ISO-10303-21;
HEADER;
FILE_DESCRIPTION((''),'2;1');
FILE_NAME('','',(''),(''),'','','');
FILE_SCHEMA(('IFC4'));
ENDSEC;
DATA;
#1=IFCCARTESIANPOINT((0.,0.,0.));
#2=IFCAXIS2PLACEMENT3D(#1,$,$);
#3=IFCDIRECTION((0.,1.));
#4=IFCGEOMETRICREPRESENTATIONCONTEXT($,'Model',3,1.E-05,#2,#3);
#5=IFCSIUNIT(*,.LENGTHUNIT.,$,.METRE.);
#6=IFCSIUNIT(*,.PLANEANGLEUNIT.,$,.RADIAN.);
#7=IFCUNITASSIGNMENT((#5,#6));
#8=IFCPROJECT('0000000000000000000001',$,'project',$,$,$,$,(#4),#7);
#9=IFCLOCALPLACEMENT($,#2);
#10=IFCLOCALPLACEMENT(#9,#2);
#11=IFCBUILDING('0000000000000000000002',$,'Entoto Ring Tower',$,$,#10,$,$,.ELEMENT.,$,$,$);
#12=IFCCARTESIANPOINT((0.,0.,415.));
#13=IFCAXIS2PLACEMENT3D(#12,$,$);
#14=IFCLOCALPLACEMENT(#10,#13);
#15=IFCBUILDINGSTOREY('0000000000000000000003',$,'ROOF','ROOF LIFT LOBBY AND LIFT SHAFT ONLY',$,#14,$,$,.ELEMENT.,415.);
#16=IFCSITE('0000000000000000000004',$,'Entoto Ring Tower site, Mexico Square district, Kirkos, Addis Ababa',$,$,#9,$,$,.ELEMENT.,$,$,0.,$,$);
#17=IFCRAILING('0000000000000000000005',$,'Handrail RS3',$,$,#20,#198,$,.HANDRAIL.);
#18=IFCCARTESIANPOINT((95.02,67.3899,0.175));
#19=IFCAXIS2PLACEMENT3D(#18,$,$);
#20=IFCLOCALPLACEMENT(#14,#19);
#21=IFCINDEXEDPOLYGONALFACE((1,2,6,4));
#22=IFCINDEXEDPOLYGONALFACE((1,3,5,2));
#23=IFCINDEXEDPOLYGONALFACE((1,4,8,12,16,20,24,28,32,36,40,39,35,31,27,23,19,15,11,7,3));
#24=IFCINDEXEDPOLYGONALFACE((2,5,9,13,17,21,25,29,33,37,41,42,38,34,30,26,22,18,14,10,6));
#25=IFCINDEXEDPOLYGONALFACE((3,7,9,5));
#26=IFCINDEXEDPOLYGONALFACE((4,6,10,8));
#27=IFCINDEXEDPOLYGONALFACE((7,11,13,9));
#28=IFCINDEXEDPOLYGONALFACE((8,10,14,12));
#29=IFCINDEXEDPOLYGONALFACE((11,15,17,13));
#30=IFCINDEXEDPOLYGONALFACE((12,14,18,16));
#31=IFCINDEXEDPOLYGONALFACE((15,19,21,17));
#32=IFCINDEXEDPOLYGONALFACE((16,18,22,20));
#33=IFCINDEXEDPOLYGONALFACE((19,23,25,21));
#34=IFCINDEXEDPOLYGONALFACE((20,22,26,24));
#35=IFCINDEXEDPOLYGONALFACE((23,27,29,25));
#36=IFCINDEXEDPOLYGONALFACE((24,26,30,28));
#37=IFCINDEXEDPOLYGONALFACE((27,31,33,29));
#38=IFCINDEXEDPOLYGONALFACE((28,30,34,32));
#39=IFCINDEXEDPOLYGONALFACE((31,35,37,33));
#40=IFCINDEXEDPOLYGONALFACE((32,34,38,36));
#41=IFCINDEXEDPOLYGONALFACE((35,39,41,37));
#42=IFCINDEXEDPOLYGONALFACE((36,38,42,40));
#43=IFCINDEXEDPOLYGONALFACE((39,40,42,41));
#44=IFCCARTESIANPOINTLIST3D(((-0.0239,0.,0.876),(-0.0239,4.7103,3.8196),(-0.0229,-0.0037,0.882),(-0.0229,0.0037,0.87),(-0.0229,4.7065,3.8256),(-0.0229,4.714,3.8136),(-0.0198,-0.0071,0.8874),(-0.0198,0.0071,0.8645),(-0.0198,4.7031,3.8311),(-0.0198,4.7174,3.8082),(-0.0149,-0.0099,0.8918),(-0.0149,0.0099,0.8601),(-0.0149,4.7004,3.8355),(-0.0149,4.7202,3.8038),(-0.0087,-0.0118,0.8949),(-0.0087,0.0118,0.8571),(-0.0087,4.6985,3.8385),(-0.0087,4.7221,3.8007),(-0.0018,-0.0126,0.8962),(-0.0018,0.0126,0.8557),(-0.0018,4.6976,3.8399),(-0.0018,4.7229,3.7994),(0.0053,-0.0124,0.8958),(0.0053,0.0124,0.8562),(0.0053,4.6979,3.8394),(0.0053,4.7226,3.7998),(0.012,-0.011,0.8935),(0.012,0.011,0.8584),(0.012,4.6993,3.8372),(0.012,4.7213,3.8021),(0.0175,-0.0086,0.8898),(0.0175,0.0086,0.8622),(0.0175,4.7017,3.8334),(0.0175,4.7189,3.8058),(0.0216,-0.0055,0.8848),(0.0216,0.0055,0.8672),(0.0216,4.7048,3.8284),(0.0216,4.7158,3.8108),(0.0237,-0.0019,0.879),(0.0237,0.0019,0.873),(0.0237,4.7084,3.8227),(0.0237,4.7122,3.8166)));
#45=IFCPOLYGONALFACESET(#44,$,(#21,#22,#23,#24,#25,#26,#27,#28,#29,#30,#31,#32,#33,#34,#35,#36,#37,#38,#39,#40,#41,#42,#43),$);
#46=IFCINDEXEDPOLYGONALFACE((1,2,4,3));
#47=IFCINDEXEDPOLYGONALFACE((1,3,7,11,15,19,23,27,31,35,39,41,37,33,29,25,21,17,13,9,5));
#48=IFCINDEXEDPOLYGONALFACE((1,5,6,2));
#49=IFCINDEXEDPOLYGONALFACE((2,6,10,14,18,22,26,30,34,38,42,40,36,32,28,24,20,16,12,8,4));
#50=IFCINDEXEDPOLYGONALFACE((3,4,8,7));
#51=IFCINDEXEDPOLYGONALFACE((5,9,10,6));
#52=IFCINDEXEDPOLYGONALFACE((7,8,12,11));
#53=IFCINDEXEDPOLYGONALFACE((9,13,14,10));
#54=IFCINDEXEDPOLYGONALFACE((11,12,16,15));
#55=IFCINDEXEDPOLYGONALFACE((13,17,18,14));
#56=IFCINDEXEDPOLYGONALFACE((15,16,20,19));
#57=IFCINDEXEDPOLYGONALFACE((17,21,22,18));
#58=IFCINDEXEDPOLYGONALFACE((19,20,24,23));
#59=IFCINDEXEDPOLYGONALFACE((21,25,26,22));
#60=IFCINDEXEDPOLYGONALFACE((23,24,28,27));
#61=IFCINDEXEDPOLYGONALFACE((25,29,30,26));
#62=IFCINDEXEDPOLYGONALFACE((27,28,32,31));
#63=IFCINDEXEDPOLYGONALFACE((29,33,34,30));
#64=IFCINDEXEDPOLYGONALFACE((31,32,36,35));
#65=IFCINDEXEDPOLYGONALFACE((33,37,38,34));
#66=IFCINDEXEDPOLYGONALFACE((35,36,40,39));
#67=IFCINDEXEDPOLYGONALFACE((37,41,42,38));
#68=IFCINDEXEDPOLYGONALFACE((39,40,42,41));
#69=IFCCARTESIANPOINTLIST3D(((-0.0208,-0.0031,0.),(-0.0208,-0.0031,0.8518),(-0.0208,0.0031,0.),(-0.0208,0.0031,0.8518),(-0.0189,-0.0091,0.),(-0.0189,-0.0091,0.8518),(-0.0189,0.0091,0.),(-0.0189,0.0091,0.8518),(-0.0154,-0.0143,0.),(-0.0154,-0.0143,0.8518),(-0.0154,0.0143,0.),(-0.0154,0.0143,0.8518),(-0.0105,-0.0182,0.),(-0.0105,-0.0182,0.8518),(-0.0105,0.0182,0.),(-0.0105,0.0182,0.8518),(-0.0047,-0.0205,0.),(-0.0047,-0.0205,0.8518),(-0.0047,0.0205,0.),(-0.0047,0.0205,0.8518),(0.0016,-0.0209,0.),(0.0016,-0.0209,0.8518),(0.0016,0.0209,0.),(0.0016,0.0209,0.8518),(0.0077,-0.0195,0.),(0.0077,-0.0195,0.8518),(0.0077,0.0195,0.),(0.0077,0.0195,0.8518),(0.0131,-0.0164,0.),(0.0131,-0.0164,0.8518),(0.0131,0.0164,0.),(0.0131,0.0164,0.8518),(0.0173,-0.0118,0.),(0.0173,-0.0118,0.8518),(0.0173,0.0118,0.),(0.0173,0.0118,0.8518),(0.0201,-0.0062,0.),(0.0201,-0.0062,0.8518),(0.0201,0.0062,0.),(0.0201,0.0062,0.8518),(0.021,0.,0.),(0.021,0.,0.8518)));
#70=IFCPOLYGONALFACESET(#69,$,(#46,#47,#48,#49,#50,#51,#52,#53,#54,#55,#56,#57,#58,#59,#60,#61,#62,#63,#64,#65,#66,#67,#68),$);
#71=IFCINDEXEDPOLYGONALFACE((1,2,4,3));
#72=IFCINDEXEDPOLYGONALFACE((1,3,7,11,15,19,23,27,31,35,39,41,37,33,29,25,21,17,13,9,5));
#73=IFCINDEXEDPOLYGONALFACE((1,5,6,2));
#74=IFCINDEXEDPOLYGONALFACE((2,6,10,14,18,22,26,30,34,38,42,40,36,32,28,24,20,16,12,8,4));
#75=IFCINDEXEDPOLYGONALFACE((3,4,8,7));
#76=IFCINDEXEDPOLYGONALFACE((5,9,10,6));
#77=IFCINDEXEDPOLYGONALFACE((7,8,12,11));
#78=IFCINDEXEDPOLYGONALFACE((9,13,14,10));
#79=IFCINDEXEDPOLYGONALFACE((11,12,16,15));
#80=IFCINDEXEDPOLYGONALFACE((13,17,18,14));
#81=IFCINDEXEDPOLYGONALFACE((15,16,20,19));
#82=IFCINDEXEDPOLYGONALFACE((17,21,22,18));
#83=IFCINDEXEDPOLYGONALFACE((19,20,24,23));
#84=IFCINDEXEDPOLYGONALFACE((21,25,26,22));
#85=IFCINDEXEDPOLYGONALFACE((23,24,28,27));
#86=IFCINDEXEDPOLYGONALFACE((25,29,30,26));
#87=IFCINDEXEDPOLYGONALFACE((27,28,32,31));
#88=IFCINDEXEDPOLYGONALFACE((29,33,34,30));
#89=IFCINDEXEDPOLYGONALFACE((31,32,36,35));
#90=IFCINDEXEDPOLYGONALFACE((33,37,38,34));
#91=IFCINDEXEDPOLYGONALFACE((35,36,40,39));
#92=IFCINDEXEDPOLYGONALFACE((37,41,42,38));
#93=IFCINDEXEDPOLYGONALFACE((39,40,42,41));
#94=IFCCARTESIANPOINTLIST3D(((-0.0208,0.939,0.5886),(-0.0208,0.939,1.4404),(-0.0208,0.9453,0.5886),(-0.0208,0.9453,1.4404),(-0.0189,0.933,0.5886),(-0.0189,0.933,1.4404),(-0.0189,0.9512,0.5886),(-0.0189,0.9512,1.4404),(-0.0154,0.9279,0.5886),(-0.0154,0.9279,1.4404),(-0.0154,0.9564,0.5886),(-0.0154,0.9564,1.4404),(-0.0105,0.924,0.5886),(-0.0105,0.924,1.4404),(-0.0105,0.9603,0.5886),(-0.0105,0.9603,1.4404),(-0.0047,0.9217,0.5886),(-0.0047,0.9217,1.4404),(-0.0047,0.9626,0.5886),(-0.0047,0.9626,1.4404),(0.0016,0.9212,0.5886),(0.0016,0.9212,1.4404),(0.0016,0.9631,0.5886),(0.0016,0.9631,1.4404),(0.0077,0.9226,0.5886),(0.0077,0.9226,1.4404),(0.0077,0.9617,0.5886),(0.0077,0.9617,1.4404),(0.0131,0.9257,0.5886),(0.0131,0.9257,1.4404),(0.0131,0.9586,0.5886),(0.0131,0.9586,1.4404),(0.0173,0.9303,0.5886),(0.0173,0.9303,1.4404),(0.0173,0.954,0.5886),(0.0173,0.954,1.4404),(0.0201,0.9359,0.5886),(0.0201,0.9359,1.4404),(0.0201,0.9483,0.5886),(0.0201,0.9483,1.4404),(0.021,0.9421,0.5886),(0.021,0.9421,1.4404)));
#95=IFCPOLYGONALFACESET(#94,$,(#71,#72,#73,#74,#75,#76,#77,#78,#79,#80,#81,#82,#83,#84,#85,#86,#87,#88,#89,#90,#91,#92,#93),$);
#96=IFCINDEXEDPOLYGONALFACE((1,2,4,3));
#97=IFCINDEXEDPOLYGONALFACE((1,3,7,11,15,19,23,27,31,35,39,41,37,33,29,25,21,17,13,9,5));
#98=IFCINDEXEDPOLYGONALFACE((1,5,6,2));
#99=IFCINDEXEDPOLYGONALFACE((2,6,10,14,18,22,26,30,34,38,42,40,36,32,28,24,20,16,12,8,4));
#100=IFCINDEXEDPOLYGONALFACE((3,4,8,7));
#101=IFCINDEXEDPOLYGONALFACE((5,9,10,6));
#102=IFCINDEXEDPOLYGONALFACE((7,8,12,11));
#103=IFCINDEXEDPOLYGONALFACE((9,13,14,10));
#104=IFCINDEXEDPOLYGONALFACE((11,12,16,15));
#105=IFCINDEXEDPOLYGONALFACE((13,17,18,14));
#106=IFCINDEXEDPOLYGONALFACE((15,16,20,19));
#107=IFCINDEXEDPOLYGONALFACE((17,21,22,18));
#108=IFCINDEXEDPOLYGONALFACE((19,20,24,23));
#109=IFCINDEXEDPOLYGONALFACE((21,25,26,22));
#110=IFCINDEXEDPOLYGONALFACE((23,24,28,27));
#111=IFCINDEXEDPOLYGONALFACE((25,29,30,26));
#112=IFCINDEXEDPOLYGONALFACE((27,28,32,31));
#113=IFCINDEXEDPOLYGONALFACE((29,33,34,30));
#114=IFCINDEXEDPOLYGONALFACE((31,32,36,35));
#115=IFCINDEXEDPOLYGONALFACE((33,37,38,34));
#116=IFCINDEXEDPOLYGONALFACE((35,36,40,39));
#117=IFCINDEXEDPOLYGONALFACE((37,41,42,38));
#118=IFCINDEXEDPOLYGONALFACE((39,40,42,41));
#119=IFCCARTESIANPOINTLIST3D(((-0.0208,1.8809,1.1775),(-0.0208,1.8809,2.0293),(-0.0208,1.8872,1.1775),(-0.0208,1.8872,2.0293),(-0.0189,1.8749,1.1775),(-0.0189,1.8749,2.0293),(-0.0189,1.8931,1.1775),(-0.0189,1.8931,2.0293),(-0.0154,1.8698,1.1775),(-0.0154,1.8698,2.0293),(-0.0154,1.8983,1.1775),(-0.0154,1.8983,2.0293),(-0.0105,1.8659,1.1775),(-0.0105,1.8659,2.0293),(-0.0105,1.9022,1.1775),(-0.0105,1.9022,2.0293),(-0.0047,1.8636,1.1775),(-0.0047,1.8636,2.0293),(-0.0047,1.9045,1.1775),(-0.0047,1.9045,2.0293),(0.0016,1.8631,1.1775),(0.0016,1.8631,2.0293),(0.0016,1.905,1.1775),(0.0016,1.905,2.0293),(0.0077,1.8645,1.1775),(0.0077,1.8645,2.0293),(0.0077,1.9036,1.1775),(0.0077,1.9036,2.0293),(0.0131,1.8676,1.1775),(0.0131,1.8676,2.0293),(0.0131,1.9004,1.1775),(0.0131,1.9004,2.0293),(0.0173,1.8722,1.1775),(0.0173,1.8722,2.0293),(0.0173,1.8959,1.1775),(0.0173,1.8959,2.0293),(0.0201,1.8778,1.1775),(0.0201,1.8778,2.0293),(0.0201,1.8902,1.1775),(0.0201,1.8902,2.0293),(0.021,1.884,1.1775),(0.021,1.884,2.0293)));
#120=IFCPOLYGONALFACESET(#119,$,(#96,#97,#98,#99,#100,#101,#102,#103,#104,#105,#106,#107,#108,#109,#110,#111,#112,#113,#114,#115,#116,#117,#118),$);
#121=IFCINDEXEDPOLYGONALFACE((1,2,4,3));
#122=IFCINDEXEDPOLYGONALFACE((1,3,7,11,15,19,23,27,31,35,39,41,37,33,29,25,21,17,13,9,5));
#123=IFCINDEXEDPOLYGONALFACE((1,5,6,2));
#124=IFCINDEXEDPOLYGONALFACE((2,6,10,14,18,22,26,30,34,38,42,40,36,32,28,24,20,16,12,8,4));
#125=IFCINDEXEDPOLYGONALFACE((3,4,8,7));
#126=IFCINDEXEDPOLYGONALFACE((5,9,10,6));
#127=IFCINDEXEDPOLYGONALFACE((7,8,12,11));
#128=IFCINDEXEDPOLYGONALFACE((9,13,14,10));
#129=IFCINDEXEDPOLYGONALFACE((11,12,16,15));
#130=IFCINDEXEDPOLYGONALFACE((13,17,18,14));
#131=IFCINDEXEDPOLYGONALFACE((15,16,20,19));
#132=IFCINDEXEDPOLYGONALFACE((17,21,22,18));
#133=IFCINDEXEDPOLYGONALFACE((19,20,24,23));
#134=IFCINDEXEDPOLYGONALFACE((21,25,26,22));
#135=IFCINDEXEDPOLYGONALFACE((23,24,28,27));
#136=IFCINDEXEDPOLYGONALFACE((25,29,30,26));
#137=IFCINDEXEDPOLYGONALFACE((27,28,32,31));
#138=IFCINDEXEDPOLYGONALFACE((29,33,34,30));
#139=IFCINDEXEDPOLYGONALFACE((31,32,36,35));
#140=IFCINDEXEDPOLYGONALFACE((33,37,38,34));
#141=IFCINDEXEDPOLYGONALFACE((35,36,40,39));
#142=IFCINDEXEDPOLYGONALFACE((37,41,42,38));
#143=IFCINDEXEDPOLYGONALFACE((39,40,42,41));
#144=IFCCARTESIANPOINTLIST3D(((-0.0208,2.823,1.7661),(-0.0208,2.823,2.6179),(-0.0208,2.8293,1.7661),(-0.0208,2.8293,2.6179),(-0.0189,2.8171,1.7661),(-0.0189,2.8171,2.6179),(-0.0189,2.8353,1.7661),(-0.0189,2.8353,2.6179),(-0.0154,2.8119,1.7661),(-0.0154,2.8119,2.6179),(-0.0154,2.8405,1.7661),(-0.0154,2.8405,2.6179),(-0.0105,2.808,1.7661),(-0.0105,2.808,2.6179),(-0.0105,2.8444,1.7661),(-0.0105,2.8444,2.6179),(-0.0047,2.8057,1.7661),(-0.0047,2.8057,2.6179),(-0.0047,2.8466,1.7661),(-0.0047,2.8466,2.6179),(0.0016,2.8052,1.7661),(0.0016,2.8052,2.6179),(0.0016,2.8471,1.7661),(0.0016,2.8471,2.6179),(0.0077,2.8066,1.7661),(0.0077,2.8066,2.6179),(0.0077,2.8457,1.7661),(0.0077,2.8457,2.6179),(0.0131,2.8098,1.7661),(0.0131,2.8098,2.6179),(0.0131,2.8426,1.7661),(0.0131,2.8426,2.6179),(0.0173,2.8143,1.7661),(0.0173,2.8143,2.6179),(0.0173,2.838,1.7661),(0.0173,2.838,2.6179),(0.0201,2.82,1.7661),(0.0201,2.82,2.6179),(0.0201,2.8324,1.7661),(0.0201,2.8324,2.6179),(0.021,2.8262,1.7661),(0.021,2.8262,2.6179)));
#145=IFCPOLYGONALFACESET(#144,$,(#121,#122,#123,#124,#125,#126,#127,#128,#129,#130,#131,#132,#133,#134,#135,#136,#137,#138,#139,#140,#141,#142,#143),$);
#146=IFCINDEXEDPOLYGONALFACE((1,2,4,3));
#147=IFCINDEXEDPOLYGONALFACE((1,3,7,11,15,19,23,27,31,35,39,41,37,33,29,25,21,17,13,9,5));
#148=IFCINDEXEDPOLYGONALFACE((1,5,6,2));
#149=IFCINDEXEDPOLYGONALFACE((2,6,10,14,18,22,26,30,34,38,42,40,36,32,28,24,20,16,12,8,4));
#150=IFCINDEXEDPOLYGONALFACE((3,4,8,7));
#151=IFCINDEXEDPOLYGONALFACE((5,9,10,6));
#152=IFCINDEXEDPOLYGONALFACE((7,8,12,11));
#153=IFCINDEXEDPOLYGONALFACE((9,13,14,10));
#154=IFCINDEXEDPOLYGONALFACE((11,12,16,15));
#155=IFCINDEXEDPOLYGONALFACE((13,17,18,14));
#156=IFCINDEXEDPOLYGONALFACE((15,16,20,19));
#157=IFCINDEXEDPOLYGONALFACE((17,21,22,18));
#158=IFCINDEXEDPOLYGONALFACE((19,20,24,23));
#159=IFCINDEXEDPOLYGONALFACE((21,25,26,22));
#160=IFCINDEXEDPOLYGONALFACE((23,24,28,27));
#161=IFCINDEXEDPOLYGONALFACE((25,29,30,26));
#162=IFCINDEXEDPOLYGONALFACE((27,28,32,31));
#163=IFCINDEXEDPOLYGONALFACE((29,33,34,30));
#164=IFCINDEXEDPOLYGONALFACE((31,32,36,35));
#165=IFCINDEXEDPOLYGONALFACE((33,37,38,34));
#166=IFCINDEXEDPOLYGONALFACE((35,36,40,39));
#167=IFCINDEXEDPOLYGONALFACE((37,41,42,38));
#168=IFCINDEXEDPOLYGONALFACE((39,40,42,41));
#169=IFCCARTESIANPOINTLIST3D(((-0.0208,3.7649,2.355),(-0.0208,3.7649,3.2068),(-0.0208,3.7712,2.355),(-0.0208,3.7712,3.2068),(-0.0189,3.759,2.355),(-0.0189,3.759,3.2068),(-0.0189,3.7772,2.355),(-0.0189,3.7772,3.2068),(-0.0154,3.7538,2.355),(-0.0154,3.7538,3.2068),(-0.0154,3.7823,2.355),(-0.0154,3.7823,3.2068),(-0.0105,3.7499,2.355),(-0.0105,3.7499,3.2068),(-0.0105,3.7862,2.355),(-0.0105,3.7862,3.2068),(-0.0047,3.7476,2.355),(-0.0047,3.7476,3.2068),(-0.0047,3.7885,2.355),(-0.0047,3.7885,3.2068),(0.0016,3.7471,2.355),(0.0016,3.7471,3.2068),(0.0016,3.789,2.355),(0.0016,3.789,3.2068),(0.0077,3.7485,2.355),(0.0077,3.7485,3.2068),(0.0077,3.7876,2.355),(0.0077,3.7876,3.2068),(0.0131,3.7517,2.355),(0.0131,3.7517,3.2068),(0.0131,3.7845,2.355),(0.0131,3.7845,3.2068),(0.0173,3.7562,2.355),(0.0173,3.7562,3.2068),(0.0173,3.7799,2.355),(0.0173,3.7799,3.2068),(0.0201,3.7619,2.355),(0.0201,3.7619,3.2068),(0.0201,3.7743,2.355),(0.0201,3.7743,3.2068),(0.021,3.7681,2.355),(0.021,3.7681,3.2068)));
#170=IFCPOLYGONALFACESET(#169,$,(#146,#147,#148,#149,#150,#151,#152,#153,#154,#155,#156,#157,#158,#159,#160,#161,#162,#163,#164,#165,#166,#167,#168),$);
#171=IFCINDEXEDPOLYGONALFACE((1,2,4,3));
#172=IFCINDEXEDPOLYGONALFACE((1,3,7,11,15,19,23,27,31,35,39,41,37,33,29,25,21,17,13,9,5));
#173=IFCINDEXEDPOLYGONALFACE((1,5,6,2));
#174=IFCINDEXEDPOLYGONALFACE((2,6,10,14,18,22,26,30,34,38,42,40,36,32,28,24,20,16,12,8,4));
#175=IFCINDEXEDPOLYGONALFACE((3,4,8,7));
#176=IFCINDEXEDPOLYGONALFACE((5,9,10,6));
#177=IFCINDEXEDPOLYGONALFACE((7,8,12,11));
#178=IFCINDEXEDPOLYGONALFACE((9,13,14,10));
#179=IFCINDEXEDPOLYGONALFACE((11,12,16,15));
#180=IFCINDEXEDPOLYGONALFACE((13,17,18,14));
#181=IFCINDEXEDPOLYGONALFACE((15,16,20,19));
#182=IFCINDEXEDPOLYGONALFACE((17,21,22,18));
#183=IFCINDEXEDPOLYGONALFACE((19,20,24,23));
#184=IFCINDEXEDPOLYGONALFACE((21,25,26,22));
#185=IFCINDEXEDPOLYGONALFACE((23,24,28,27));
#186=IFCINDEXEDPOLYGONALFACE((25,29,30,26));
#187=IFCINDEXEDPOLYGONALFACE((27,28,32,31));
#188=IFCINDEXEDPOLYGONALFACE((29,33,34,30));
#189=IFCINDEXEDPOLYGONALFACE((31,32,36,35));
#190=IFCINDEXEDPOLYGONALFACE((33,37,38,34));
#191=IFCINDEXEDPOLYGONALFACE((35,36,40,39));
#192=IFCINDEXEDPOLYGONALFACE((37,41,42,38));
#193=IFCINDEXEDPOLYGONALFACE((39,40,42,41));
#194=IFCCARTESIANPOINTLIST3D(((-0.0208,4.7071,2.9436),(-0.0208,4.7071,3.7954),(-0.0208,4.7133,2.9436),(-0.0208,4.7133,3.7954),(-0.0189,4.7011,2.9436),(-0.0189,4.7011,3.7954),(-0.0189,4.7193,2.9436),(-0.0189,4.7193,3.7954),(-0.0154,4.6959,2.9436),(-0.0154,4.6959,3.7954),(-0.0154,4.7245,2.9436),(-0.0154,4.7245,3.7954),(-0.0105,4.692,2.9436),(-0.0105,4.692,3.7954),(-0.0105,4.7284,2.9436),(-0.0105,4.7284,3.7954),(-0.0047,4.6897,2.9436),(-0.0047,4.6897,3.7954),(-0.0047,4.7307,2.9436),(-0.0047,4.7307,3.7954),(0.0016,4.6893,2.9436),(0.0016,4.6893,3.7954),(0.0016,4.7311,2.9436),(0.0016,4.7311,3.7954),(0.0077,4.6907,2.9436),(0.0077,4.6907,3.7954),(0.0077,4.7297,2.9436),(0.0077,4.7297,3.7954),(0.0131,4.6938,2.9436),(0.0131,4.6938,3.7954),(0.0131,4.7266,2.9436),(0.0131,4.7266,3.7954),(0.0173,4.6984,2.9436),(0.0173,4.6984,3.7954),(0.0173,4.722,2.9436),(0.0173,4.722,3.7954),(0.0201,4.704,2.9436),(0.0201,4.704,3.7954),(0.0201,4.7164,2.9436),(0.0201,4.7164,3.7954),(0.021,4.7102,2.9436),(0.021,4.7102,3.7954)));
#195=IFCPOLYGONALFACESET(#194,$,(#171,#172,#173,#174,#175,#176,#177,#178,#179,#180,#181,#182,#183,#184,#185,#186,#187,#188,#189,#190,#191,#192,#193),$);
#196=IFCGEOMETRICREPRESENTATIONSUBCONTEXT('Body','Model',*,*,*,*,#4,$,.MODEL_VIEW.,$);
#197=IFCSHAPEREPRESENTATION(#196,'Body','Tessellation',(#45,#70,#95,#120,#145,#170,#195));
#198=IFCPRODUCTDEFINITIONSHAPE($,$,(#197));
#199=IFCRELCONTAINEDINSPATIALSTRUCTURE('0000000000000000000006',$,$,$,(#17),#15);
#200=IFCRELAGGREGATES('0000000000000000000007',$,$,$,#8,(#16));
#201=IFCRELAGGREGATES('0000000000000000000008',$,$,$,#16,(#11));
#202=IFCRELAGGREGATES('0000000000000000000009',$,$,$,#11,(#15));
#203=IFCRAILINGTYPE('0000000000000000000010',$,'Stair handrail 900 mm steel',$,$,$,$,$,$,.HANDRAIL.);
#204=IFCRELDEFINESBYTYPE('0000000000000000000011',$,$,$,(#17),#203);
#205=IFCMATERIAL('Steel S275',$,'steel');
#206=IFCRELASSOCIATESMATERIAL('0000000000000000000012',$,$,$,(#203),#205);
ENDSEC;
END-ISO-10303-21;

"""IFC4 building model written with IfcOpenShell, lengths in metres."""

from ifc_helpers import new_model, si_unit, direction, frame, origin, origin_2d, place, context, subcontext, project, spatial, circle, extrude, material, type_object, element, save


model = new_model("IFC4")

# Units and contexts
model_context = context("Model", 3, precision=1e-05, world=origin(), true_north=direction((0.0, 1.0)))
body_context = subcontext(model_context, "Body", "Model", "MODEL_VIEW")
ifc_project = project(units=[si_unit("LENGTHUNIT", "METRE"), si_unit("PLANEANGLEUNIT", "RADIAN")], contexts=[model_context])

# Site, building, storey
site_placement = place(None, origin())
site = spatial("IfcSite", under=ifc_project, at=site_placement, Name="Entoto Ring Tower site, Mexico Square district, Kirkos, Addis Ababa", CompositionType="ELEMENT", RefElevation=0.0)
building_placement = place(site_placement, origin())
building = spatial("IfcBuilding", under=site, at=building_placement, Name="Entoto Ring Tower", CompositionType="ELEMENT")
storey_placement = place(building_placement, frame((0.0, 0.0, 415.0)))
storey = spatial("IfcBuildingStorey", under=building, at=storey_placement, Name="ROOF", Description="ROOF LIFT LOBBY AND LIFT SHAFT ONLY", CompositionType="ELEMENT", Elevation=415.0)

# Railing
ifc_material_1 = material(Name="Steel S275", Category="steel")
railing_type_1 = type_object("IfcRailingType", Name="Stair handrail 900 mm steel", PredefinedType="HANDRAIL", material=ifc_material_1)
for number, where, name in (
    (1, (95.02, 67.3899, 0.175), "Handrail RS3"),
):
    element("IfcRailing", number, at=place(storey_placement, frame(where)), inside=storey, type_object=railing_type_1, Name=name, PredefinedType="HANDRAIL", context=body_context, shape_type="SweptSolid", body=[
        extrude(circle(Radius=0.0239, at=origin_2d()), frame((0.0, 0.0, 0.876), z_axis=(0.0, 0.848021, 0.529963), x_axis=(-1.0, 0.0, 0.0)), (0.0, 0.0, 1.0), 5.5544),
        extrude(circle(Radius=0.021, at=origin_2d()), origin(), (0.0, 0.0, 1.0), 0.8518),
        extrude(circle(Radius=0.021, at=origin_2d()), frame((0.0, 0.9421, 0.5886)), (0.0, 0.0, 1.0), 0.8518),
        extrude(circle(Radius=0.021, at=origin_2d()), frame((0.0, 1.884, 1.1775)), (0.0, 0.0, 1.0), 0.8518),
        extrude(circle(Radius=0.021, at=origin_2d()), frame((0.0, 2.8262, 1.7661)), (0.0, 0.0, 1.0), 0.8518),
        extrude(circle(Radius=0.021, at=origin_2d()), frame((0.0, 3.7681, 2.355)), (0.0, 0.0, 1.0), 0.8518),
        extrude(circle(Radius=0.021, at=origin_2d()), frame((0.0, 4.7102, 2.9436)), (0.0, 0.0, 1.0), 0.8518),
    ])

save(model, "model.ifc")
